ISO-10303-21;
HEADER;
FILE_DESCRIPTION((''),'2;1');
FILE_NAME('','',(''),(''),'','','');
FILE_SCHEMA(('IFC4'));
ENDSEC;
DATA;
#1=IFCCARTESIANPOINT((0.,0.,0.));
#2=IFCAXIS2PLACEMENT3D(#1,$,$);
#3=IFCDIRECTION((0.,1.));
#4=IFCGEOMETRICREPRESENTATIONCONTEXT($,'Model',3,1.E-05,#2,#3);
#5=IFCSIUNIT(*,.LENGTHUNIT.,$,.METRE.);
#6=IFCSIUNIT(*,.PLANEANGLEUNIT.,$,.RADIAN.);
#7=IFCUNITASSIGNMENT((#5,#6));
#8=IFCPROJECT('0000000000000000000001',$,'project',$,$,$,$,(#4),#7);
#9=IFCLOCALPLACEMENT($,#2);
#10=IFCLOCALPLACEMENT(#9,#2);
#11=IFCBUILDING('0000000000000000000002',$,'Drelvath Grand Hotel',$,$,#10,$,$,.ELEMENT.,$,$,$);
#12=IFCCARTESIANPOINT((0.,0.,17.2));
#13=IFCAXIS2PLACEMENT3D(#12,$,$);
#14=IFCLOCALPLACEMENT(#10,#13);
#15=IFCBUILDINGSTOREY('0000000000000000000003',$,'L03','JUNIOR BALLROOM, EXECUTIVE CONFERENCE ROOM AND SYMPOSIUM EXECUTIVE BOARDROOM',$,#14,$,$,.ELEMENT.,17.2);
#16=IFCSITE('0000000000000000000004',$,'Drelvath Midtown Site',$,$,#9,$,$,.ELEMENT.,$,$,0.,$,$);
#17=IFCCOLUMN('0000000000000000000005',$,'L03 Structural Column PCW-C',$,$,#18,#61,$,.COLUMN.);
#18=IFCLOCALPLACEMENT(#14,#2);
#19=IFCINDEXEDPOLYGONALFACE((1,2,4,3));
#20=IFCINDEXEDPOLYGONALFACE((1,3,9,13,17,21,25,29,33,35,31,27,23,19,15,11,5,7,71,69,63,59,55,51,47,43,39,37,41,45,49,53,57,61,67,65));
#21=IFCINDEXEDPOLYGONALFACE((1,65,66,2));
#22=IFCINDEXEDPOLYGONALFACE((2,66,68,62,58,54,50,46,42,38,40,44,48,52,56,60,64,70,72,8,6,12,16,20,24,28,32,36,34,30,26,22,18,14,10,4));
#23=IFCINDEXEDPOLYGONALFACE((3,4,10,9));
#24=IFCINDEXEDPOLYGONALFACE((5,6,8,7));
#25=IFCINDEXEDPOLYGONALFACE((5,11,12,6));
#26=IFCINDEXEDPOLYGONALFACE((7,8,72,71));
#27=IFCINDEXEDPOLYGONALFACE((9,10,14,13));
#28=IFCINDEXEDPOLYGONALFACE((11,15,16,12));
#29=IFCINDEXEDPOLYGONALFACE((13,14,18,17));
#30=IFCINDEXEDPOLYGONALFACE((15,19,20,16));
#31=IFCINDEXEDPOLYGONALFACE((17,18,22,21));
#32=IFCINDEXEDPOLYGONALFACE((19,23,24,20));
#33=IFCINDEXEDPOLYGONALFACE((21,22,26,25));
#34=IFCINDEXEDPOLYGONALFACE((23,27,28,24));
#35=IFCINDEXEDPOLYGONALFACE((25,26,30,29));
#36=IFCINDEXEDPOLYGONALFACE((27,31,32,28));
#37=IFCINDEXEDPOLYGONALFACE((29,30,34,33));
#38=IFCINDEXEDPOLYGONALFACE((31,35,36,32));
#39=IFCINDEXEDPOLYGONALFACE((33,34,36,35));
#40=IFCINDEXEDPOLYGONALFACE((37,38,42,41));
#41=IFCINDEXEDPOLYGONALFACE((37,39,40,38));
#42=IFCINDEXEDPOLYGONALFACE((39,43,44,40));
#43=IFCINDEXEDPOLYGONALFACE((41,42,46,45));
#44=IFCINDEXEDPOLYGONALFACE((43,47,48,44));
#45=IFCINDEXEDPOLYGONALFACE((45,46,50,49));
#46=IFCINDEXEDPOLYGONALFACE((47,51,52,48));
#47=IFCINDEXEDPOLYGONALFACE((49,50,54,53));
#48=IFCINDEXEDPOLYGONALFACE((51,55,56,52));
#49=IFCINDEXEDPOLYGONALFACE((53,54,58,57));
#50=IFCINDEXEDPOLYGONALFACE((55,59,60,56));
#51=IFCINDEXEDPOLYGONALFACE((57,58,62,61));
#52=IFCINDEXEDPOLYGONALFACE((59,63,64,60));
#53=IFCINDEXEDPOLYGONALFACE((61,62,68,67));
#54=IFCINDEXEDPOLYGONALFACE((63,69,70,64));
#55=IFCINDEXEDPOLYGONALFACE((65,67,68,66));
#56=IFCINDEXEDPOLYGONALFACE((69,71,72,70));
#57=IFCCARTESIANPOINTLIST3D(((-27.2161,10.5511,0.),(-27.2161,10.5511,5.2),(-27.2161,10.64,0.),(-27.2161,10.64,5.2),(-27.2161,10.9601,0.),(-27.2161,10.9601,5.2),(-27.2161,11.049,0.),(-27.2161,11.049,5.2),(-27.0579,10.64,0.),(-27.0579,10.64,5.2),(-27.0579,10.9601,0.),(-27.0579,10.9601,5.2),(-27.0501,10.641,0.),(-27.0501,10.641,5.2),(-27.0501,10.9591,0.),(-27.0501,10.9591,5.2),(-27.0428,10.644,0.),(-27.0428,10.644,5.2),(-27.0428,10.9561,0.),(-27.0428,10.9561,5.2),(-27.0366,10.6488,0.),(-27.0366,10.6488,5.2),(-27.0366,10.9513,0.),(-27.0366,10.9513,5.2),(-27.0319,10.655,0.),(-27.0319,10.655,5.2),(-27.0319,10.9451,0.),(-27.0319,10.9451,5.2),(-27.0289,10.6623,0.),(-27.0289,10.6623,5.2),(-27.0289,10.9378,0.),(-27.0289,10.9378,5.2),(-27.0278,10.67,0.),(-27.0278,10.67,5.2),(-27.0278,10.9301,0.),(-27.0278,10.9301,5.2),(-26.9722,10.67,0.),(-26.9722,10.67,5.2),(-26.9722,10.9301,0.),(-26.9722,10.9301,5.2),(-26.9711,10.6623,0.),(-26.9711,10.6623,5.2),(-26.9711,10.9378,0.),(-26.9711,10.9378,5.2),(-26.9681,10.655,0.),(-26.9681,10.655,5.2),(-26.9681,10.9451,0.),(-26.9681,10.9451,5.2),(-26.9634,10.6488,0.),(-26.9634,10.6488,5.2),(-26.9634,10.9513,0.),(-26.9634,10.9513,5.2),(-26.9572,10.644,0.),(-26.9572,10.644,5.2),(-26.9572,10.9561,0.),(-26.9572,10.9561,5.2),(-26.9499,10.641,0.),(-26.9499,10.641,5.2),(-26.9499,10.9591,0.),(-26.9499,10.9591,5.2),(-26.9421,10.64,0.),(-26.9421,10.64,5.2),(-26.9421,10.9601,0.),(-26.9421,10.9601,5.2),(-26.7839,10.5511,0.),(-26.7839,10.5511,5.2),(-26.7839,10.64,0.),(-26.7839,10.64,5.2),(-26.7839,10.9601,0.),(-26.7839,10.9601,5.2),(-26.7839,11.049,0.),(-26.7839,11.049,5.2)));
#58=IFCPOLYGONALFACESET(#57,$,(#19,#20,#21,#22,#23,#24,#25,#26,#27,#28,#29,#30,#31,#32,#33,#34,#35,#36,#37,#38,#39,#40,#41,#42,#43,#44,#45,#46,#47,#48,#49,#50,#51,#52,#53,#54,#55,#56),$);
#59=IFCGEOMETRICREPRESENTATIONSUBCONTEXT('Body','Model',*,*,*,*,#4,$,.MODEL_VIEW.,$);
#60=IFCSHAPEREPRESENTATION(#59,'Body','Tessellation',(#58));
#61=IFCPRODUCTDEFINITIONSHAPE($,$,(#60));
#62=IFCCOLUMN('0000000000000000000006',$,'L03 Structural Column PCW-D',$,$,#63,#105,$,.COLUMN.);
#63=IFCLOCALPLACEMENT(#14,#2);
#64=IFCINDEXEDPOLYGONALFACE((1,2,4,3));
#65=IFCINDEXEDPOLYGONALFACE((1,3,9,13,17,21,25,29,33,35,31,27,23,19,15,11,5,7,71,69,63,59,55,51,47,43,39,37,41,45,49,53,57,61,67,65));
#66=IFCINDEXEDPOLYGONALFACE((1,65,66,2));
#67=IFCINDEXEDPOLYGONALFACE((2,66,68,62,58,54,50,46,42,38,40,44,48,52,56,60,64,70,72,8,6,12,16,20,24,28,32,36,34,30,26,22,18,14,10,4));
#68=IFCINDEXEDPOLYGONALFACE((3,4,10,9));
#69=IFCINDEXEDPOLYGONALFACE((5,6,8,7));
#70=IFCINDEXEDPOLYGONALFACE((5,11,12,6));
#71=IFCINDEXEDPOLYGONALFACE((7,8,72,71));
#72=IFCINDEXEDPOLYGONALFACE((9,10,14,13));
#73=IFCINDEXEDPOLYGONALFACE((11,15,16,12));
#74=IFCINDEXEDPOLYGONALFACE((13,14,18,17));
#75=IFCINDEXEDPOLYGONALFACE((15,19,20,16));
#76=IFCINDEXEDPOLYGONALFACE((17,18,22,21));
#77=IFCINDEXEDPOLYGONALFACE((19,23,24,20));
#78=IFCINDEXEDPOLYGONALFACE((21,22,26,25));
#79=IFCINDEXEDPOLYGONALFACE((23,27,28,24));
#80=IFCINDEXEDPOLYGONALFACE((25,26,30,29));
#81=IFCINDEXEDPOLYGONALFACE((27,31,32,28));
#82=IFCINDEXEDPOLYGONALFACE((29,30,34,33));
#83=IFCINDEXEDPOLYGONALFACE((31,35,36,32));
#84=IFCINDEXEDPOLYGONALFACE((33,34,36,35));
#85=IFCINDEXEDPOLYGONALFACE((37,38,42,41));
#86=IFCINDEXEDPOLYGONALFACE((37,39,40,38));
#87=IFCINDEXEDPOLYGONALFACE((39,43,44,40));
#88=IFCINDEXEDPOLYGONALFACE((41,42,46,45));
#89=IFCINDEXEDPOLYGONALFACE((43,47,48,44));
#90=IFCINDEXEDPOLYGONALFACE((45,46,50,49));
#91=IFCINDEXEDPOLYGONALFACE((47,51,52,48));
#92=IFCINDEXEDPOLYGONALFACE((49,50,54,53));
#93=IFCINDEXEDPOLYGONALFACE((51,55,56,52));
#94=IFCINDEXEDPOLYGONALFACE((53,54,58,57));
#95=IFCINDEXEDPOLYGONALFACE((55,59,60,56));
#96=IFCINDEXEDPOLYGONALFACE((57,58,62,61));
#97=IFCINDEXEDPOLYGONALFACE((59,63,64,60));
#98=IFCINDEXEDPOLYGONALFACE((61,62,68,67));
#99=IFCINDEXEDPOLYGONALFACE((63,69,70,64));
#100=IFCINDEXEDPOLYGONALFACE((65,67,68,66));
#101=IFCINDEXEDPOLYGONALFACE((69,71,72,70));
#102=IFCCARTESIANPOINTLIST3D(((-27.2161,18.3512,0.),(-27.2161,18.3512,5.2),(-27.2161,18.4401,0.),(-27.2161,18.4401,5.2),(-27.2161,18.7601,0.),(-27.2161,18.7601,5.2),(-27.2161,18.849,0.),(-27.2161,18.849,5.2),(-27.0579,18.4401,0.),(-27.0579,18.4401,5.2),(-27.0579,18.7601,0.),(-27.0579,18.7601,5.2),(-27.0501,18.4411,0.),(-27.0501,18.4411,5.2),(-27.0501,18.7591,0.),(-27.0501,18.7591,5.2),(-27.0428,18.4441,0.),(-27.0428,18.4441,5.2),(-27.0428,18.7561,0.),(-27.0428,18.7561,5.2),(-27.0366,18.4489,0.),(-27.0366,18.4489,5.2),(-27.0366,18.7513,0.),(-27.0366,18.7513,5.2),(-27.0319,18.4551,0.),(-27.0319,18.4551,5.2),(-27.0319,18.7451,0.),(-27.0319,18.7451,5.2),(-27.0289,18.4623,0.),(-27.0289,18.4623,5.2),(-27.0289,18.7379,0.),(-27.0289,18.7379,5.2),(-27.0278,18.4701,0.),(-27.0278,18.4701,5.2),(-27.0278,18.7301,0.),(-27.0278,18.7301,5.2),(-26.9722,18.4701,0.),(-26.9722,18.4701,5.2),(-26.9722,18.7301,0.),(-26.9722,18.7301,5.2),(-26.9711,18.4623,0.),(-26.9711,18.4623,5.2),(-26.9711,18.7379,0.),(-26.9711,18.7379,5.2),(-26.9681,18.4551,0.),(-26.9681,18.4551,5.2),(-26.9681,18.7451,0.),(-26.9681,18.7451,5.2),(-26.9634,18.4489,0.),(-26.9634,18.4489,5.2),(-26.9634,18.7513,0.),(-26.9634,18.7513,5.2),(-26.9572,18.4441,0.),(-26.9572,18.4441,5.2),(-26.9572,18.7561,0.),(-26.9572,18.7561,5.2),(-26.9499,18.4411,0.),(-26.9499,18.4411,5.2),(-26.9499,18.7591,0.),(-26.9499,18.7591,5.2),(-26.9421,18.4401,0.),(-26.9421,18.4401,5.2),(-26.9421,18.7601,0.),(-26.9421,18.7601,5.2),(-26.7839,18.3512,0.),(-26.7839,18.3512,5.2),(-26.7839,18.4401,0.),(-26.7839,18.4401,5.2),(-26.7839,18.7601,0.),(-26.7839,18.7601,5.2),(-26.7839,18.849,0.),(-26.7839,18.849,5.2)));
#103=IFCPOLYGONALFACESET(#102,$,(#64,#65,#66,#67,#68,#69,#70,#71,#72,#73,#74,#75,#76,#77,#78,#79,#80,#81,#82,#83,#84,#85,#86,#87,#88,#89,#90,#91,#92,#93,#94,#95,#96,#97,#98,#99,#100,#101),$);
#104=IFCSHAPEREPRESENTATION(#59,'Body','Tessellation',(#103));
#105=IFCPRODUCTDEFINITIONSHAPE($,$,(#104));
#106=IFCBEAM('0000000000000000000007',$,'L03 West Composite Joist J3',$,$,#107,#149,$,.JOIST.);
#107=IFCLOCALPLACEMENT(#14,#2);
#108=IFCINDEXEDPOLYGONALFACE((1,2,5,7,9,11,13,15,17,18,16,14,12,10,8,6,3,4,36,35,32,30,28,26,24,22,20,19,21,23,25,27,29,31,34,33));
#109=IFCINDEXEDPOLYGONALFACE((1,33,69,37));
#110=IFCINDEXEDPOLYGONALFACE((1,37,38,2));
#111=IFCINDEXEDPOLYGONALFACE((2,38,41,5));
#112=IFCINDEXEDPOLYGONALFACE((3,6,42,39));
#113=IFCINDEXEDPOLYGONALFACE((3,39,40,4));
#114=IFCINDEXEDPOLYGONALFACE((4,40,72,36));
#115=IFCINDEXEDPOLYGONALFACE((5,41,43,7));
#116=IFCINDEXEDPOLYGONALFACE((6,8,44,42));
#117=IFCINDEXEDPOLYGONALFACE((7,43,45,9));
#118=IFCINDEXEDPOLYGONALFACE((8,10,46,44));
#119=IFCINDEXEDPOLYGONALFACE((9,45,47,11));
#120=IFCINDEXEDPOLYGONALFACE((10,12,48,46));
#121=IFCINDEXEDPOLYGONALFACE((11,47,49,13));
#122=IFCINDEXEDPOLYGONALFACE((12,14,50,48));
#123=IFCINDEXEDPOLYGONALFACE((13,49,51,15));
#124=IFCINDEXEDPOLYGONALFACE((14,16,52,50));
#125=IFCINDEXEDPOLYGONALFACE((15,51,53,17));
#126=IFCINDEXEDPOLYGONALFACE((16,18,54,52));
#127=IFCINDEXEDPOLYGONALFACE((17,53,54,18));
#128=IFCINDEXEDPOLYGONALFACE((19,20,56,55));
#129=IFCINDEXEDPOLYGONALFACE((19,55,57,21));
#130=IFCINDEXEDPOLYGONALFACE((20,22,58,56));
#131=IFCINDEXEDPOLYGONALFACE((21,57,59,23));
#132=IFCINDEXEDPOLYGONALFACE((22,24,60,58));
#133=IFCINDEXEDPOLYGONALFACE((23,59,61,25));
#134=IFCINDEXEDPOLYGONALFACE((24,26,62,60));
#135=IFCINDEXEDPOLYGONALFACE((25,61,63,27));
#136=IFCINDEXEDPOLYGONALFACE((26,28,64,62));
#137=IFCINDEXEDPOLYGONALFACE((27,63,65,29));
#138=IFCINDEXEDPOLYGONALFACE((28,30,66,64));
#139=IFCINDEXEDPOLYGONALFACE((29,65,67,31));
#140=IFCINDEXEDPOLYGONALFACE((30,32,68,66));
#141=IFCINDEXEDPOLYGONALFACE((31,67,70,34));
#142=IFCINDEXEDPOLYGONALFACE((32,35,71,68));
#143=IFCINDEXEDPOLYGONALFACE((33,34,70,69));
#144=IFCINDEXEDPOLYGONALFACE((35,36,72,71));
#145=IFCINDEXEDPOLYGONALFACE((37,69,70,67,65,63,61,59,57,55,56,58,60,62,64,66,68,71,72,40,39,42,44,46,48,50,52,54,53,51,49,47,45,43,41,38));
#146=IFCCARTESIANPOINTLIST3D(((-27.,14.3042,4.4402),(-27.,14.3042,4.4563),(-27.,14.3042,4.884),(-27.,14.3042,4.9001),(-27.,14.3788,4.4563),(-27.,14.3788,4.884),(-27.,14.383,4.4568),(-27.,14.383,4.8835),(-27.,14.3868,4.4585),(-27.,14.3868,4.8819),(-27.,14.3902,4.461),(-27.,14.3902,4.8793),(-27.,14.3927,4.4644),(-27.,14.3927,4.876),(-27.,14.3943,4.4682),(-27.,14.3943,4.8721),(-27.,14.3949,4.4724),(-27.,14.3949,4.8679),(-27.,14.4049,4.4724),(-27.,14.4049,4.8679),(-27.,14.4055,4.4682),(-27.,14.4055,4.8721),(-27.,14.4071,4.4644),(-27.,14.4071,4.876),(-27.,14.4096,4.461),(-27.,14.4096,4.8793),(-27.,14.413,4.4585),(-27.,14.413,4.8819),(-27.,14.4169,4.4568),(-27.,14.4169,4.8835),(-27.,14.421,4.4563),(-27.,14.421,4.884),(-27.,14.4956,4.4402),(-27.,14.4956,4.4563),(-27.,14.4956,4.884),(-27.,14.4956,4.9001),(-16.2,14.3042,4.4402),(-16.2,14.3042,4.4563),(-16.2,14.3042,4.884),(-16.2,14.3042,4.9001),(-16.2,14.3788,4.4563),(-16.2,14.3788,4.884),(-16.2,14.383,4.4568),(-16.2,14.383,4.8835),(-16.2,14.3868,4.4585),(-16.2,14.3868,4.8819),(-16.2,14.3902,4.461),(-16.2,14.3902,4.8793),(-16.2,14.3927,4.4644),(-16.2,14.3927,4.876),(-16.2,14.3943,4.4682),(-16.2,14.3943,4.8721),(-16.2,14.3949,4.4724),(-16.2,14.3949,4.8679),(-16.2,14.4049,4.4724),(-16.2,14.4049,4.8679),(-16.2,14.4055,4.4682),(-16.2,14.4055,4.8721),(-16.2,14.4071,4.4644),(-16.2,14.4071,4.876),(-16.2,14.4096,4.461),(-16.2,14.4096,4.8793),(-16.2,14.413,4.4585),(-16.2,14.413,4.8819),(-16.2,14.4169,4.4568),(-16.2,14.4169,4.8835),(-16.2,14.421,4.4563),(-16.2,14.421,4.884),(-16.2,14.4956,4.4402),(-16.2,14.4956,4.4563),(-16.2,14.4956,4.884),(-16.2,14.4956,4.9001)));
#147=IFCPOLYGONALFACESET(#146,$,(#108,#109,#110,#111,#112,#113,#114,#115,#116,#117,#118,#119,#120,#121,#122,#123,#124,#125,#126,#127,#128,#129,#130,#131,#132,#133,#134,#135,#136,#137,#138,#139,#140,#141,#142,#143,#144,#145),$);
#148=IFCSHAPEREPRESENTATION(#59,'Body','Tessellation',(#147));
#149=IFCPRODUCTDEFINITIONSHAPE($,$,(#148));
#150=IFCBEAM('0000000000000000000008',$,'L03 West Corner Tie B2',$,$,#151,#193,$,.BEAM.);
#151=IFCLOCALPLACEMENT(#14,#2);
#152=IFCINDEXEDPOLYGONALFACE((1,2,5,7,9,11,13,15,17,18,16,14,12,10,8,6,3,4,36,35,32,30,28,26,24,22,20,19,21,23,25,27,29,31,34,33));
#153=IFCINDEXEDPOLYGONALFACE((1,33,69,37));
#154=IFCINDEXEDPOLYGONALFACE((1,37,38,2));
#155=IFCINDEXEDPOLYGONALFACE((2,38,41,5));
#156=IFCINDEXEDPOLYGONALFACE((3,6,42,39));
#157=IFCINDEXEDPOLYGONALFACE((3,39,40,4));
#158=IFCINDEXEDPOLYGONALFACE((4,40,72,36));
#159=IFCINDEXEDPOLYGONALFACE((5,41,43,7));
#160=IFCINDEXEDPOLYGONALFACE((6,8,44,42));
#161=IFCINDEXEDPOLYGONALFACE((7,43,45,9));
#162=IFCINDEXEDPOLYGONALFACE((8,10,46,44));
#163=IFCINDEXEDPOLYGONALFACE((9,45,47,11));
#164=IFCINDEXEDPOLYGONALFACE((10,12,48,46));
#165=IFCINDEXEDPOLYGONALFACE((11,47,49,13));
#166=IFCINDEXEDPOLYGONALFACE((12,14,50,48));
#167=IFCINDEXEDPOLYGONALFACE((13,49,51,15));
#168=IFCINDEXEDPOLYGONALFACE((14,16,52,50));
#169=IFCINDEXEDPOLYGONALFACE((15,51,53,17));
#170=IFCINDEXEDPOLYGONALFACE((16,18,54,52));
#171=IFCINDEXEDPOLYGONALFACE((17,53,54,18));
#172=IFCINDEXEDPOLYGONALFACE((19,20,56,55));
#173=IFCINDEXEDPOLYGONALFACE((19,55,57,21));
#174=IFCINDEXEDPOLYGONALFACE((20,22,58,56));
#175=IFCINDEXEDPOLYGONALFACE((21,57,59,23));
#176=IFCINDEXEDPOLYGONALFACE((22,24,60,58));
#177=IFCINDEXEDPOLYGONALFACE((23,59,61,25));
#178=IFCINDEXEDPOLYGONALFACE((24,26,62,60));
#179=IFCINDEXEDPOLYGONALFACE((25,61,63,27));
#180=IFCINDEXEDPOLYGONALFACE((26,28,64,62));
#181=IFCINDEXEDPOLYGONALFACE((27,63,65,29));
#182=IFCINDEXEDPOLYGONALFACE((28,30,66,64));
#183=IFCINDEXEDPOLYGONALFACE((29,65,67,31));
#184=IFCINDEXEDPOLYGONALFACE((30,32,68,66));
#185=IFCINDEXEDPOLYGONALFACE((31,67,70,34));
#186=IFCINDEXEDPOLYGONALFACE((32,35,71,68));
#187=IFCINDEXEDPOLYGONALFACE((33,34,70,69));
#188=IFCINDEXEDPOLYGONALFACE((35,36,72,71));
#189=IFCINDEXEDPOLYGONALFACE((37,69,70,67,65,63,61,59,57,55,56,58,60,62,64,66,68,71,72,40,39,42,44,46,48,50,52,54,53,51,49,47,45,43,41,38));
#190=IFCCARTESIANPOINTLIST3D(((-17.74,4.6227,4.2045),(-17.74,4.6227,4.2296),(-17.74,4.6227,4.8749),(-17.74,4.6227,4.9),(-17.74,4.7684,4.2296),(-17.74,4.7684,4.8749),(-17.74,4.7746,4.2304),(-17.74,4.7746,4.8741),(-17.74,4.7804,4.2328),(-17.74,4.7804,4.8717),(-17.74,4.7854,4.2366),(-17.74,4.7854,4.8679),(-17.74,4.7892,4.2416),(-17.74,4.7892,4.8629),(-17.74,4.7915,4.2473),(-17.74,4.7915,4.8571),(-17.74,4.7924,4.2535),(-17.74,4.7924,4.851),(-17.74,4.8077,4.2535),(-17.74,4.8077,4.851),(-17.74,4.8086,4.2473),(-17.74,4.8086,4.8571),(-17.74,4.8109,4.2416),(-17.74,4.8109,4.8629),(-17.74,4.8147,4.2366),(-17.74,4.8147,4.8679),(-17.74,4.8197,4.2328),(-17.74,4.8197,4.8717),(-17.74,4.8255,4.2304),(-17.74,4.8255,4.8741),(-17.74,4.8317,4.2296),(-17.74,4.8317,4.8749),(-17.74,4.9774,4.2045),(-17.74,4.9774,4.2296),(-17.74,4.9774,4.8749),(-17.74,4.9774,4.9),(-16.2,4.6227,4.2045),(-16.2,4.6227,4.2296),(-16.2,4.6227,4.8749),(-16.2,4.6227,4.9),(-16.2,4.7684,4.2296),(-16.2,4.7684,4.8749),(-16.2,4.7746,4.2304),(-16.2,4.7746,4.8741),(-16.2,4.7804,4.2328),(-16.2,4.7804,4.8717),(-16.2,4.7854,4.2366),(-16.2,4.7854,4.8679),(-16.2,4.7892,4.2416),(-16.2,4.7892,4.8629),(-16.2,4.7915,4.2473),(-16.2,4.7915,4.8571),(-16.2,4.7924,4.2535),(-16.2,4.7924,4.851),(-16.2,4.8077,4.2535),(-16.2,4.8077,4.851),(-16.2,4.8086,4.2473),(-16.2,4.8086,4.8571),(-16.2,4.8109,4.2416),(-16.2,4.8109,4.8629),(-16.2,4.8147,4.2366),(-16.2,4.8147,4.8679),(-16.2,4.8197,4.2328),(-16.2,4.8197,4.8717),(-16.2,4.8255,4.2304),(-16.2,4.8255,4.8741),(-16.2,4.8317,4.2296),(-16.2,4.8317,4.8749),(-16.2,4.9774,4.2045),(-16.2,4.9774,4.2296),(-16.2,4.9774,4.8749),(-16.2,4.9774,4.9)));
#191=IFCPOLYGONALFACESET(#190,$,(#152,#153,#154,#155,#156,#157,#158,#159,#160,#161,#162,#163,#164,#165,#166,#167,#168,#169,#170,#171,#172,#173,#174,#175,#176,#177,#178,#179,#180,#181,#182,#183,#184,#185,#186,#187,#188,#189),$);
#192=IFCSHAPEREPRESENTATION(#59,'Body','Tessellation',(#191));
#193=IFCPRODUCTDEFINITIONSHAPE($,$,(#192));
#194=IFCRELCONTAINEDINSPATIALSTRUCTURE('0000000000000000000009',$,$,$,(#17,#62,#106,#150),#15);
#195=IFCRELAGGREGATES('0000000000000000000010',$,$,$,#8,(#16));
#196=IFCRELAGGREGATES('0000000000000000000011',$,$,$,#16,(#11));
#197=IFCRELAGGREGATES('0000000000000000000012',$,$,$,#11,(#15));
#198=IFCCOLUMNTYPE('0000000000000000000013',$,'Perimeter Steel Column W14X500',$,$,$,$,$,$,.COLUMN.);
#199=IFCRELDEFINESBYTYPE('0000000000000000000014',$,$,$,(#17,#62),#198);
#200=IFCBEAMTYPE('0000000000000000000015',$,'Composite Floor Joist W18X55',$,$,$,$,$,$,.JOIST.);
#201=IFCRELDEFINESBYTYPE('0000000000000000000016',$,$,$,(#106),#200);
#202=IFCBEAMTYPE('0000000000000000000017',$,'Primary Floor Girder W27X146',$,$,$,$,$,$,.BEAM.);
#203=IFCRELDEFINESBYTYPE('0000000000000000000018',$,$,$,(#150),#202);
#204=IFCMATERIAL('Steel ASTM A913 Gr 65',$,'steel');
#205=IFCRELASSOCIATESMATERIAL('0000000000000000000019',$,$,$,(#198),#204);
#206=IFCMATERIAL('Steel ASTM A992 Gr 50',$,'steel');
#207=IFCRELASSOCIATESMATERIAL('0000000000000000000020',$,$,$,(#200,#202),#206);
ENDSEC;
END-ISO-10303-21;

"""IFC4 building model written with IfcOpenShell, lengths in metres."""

from ifc_helpers import new_model, si_unit, direction, frame, origin, origin_2d, place, context, subcontext, project, spatial, i_section, extrude, material, material_profile, profile_set, type_object, element, save


model = new_model("IFC4")

# Units and contexts
model_context = context("Model", 3, precision=1e-05, world=origin(), true_north=direction((0.0, 1.0)))
body_context = subcontext(model_context, "Body", "Model", "MODEL_VIEW")
ifc_project = project(units=[si_unit("LENGTHUNIT", "METRE"), si_unit("PLANEANGLEUNIT", "RADIAN")], contexts=[model_context])

# Site, building, storey
site_placement = place(None, origin())
site = spatial("IfcSite", under=ifc_project, at=site_placement, Name="Drelvath Midtown Site", CompositionType="ELEMENT", RefElevation=0.0)
building_placement = place(site_placement, origin())
building = spatial("IfcBuilding", under=site, at=building_placement, Name="Drelvath Grand Hotel", CompositionType="ELEMENT")
storey_placement = place(building_placement, frame((0.0, 0.0, 17.2)))
storey = spatial("IfcBuildingStorey", under=building, at=storey_placement, Name="L03", Description="JUNIOR BALLROOM, EXECUTIVE CONFERENCE ROOM AND SYMPOSIUM EXECUTIVE BOARDROOM", CompositionType="ELEMENT", Elevation=17.2)

# Columns
ifc_material_1 = material(Name="Steel ASTM A913 Gr 65", Category="steel")
ifc_material_profile_1 = material_profile(ifc_material_1, i_section(OverallWidth=0.4321, OverallDepth=0.4978, WebThickness=0.0557, FlangeThickness=0.0889, FilletRadius=0.03, at=origin_2d()), Name="W14X500")
ifc_profile_set_1 = profile_set([ifc_material_profile_1], Name="Steel ASTM A913 Gr 65")
column_type = type_object("IfcColumnType", Name="Perimeter Steel Column W14X500", PredefinedType="COLUMN", material=ifc_profile_set_1)
for number, where, z_axis, x_axis, name in (
    (1, (-27.0, 10.8, 0.0), (0.0, 0.0, 1.0), (1.0, 0.0, 0.0), "L03 Structural Column PCW-C"),
    (2, (-27.0, 18.6001, 0.0), (0.0, 0.0, 1.0), (1.0, 0.0, 0.0), "L03 Structural Column PCW-D"),
):
    element("IfcColumn", number, at=place(storey_placement, frame(where, z_axis=z_axis, x_axis=x_axis)), inside=storey, type_object=column_type, Name=name, PredefinedType="COLUMN", context=body_context, shape_type="SweptSolid", body=[
        extrude(i_section(OverallWidth=0.4321, OverallDepth=0.4978, WebThickness=0.0557, FlangeThickness=0.0889, FilletRadius=0.03, at=origin_2d()), origin(), (0.0, 0.0, 1.0), 5.2),
    ])

# Beams
ifc_material_2 = material(Name="Steel ASTM A992 Gr 50", Category="steel")
ifc_material_profile_2 = material_profile(ifc_material_2, i_section(OverallWidth=0.1914, OverallDepth=0.46, WebThickness=0.01, FlangeThickness=0.0161, FilletRadius=0.0161, at=origin_2d()), Name="W18X55")
ifc_profile_set_2 = profile_set([ifc_material_profile_2], Name="Steel ASTM A992 Gr 50")
beam_type_1 = type_object("IfcBeamType", Name="Composite Floor Joist W18X55", PredefinedType="JOIST", material=ifc_profile_set_2)
beam_1_placement = place(storey_placement, frame((-27.0, 14.3999, 4.6702), z_axis=(1.0, 0.0, 0.0), x_axis=(0.0, 1.0, 0.0)))
element("IfcBeam", 3, at=beam_1_placement, inside=storey, type_object=beam_type_1, Name="L03 West Composite Joist J3", PredefinedType="JOIST", context=body_context, shape_type="SweptSolid", body=[
    extrude(i_section(OverallWidth=0.1914, OverallDepth=0.46, WebThickness=0.01, FlangeThickness=0.0161, FilletRadius=0.0161, at=origin_2d()), origin(), (0.0, 0.0, 1.0), 10.8),
])
ifc_material_profile_3 = material_profile(ifc_material_2, i_section(OverallWidth=0.3547, OverallDepth=0.6956, WebThickness=0.0154, FlangeThickness=0.0251, FilletRadius=0.0239, at=origin_2d()), Name="W27X146")
ifc_profile_set_3 = profile_set([ifc_material_profile_3], Name="Steel ASTM A992 Gr 50")
beam_type_2 = type_object("IfcBeamType", Name="Primary Floor Girder W27X146", PredefinedType="BEAM", material=ifc_profile_set_3)
beam_2_placement = place(storey_placement, frame((-17.74, 4.8, 4.5522), z_axis=(1.0, 0.0, 0.0), x_axis=(0.0, 1.0, 0.0)))
element("IfcBeam", 4, at=beam_2_placement, inside=storey, type_object=beam_type_2, Name="L03 West Corner Tie B2", PredefinedType="BEAM", context=body_context, shape_type="SweptSolid", body=[
    extrude(i_section(OverallWidth=0.3547, OverallDepth=0.6956, WebThickness=0.0154, FlangeThickness=0.0251, FilletRadius=0.0239, at=origin_2d()), origin(), (0.0, 0.0, 1.0), 1.54),
])

save(model, "model.ifc")
